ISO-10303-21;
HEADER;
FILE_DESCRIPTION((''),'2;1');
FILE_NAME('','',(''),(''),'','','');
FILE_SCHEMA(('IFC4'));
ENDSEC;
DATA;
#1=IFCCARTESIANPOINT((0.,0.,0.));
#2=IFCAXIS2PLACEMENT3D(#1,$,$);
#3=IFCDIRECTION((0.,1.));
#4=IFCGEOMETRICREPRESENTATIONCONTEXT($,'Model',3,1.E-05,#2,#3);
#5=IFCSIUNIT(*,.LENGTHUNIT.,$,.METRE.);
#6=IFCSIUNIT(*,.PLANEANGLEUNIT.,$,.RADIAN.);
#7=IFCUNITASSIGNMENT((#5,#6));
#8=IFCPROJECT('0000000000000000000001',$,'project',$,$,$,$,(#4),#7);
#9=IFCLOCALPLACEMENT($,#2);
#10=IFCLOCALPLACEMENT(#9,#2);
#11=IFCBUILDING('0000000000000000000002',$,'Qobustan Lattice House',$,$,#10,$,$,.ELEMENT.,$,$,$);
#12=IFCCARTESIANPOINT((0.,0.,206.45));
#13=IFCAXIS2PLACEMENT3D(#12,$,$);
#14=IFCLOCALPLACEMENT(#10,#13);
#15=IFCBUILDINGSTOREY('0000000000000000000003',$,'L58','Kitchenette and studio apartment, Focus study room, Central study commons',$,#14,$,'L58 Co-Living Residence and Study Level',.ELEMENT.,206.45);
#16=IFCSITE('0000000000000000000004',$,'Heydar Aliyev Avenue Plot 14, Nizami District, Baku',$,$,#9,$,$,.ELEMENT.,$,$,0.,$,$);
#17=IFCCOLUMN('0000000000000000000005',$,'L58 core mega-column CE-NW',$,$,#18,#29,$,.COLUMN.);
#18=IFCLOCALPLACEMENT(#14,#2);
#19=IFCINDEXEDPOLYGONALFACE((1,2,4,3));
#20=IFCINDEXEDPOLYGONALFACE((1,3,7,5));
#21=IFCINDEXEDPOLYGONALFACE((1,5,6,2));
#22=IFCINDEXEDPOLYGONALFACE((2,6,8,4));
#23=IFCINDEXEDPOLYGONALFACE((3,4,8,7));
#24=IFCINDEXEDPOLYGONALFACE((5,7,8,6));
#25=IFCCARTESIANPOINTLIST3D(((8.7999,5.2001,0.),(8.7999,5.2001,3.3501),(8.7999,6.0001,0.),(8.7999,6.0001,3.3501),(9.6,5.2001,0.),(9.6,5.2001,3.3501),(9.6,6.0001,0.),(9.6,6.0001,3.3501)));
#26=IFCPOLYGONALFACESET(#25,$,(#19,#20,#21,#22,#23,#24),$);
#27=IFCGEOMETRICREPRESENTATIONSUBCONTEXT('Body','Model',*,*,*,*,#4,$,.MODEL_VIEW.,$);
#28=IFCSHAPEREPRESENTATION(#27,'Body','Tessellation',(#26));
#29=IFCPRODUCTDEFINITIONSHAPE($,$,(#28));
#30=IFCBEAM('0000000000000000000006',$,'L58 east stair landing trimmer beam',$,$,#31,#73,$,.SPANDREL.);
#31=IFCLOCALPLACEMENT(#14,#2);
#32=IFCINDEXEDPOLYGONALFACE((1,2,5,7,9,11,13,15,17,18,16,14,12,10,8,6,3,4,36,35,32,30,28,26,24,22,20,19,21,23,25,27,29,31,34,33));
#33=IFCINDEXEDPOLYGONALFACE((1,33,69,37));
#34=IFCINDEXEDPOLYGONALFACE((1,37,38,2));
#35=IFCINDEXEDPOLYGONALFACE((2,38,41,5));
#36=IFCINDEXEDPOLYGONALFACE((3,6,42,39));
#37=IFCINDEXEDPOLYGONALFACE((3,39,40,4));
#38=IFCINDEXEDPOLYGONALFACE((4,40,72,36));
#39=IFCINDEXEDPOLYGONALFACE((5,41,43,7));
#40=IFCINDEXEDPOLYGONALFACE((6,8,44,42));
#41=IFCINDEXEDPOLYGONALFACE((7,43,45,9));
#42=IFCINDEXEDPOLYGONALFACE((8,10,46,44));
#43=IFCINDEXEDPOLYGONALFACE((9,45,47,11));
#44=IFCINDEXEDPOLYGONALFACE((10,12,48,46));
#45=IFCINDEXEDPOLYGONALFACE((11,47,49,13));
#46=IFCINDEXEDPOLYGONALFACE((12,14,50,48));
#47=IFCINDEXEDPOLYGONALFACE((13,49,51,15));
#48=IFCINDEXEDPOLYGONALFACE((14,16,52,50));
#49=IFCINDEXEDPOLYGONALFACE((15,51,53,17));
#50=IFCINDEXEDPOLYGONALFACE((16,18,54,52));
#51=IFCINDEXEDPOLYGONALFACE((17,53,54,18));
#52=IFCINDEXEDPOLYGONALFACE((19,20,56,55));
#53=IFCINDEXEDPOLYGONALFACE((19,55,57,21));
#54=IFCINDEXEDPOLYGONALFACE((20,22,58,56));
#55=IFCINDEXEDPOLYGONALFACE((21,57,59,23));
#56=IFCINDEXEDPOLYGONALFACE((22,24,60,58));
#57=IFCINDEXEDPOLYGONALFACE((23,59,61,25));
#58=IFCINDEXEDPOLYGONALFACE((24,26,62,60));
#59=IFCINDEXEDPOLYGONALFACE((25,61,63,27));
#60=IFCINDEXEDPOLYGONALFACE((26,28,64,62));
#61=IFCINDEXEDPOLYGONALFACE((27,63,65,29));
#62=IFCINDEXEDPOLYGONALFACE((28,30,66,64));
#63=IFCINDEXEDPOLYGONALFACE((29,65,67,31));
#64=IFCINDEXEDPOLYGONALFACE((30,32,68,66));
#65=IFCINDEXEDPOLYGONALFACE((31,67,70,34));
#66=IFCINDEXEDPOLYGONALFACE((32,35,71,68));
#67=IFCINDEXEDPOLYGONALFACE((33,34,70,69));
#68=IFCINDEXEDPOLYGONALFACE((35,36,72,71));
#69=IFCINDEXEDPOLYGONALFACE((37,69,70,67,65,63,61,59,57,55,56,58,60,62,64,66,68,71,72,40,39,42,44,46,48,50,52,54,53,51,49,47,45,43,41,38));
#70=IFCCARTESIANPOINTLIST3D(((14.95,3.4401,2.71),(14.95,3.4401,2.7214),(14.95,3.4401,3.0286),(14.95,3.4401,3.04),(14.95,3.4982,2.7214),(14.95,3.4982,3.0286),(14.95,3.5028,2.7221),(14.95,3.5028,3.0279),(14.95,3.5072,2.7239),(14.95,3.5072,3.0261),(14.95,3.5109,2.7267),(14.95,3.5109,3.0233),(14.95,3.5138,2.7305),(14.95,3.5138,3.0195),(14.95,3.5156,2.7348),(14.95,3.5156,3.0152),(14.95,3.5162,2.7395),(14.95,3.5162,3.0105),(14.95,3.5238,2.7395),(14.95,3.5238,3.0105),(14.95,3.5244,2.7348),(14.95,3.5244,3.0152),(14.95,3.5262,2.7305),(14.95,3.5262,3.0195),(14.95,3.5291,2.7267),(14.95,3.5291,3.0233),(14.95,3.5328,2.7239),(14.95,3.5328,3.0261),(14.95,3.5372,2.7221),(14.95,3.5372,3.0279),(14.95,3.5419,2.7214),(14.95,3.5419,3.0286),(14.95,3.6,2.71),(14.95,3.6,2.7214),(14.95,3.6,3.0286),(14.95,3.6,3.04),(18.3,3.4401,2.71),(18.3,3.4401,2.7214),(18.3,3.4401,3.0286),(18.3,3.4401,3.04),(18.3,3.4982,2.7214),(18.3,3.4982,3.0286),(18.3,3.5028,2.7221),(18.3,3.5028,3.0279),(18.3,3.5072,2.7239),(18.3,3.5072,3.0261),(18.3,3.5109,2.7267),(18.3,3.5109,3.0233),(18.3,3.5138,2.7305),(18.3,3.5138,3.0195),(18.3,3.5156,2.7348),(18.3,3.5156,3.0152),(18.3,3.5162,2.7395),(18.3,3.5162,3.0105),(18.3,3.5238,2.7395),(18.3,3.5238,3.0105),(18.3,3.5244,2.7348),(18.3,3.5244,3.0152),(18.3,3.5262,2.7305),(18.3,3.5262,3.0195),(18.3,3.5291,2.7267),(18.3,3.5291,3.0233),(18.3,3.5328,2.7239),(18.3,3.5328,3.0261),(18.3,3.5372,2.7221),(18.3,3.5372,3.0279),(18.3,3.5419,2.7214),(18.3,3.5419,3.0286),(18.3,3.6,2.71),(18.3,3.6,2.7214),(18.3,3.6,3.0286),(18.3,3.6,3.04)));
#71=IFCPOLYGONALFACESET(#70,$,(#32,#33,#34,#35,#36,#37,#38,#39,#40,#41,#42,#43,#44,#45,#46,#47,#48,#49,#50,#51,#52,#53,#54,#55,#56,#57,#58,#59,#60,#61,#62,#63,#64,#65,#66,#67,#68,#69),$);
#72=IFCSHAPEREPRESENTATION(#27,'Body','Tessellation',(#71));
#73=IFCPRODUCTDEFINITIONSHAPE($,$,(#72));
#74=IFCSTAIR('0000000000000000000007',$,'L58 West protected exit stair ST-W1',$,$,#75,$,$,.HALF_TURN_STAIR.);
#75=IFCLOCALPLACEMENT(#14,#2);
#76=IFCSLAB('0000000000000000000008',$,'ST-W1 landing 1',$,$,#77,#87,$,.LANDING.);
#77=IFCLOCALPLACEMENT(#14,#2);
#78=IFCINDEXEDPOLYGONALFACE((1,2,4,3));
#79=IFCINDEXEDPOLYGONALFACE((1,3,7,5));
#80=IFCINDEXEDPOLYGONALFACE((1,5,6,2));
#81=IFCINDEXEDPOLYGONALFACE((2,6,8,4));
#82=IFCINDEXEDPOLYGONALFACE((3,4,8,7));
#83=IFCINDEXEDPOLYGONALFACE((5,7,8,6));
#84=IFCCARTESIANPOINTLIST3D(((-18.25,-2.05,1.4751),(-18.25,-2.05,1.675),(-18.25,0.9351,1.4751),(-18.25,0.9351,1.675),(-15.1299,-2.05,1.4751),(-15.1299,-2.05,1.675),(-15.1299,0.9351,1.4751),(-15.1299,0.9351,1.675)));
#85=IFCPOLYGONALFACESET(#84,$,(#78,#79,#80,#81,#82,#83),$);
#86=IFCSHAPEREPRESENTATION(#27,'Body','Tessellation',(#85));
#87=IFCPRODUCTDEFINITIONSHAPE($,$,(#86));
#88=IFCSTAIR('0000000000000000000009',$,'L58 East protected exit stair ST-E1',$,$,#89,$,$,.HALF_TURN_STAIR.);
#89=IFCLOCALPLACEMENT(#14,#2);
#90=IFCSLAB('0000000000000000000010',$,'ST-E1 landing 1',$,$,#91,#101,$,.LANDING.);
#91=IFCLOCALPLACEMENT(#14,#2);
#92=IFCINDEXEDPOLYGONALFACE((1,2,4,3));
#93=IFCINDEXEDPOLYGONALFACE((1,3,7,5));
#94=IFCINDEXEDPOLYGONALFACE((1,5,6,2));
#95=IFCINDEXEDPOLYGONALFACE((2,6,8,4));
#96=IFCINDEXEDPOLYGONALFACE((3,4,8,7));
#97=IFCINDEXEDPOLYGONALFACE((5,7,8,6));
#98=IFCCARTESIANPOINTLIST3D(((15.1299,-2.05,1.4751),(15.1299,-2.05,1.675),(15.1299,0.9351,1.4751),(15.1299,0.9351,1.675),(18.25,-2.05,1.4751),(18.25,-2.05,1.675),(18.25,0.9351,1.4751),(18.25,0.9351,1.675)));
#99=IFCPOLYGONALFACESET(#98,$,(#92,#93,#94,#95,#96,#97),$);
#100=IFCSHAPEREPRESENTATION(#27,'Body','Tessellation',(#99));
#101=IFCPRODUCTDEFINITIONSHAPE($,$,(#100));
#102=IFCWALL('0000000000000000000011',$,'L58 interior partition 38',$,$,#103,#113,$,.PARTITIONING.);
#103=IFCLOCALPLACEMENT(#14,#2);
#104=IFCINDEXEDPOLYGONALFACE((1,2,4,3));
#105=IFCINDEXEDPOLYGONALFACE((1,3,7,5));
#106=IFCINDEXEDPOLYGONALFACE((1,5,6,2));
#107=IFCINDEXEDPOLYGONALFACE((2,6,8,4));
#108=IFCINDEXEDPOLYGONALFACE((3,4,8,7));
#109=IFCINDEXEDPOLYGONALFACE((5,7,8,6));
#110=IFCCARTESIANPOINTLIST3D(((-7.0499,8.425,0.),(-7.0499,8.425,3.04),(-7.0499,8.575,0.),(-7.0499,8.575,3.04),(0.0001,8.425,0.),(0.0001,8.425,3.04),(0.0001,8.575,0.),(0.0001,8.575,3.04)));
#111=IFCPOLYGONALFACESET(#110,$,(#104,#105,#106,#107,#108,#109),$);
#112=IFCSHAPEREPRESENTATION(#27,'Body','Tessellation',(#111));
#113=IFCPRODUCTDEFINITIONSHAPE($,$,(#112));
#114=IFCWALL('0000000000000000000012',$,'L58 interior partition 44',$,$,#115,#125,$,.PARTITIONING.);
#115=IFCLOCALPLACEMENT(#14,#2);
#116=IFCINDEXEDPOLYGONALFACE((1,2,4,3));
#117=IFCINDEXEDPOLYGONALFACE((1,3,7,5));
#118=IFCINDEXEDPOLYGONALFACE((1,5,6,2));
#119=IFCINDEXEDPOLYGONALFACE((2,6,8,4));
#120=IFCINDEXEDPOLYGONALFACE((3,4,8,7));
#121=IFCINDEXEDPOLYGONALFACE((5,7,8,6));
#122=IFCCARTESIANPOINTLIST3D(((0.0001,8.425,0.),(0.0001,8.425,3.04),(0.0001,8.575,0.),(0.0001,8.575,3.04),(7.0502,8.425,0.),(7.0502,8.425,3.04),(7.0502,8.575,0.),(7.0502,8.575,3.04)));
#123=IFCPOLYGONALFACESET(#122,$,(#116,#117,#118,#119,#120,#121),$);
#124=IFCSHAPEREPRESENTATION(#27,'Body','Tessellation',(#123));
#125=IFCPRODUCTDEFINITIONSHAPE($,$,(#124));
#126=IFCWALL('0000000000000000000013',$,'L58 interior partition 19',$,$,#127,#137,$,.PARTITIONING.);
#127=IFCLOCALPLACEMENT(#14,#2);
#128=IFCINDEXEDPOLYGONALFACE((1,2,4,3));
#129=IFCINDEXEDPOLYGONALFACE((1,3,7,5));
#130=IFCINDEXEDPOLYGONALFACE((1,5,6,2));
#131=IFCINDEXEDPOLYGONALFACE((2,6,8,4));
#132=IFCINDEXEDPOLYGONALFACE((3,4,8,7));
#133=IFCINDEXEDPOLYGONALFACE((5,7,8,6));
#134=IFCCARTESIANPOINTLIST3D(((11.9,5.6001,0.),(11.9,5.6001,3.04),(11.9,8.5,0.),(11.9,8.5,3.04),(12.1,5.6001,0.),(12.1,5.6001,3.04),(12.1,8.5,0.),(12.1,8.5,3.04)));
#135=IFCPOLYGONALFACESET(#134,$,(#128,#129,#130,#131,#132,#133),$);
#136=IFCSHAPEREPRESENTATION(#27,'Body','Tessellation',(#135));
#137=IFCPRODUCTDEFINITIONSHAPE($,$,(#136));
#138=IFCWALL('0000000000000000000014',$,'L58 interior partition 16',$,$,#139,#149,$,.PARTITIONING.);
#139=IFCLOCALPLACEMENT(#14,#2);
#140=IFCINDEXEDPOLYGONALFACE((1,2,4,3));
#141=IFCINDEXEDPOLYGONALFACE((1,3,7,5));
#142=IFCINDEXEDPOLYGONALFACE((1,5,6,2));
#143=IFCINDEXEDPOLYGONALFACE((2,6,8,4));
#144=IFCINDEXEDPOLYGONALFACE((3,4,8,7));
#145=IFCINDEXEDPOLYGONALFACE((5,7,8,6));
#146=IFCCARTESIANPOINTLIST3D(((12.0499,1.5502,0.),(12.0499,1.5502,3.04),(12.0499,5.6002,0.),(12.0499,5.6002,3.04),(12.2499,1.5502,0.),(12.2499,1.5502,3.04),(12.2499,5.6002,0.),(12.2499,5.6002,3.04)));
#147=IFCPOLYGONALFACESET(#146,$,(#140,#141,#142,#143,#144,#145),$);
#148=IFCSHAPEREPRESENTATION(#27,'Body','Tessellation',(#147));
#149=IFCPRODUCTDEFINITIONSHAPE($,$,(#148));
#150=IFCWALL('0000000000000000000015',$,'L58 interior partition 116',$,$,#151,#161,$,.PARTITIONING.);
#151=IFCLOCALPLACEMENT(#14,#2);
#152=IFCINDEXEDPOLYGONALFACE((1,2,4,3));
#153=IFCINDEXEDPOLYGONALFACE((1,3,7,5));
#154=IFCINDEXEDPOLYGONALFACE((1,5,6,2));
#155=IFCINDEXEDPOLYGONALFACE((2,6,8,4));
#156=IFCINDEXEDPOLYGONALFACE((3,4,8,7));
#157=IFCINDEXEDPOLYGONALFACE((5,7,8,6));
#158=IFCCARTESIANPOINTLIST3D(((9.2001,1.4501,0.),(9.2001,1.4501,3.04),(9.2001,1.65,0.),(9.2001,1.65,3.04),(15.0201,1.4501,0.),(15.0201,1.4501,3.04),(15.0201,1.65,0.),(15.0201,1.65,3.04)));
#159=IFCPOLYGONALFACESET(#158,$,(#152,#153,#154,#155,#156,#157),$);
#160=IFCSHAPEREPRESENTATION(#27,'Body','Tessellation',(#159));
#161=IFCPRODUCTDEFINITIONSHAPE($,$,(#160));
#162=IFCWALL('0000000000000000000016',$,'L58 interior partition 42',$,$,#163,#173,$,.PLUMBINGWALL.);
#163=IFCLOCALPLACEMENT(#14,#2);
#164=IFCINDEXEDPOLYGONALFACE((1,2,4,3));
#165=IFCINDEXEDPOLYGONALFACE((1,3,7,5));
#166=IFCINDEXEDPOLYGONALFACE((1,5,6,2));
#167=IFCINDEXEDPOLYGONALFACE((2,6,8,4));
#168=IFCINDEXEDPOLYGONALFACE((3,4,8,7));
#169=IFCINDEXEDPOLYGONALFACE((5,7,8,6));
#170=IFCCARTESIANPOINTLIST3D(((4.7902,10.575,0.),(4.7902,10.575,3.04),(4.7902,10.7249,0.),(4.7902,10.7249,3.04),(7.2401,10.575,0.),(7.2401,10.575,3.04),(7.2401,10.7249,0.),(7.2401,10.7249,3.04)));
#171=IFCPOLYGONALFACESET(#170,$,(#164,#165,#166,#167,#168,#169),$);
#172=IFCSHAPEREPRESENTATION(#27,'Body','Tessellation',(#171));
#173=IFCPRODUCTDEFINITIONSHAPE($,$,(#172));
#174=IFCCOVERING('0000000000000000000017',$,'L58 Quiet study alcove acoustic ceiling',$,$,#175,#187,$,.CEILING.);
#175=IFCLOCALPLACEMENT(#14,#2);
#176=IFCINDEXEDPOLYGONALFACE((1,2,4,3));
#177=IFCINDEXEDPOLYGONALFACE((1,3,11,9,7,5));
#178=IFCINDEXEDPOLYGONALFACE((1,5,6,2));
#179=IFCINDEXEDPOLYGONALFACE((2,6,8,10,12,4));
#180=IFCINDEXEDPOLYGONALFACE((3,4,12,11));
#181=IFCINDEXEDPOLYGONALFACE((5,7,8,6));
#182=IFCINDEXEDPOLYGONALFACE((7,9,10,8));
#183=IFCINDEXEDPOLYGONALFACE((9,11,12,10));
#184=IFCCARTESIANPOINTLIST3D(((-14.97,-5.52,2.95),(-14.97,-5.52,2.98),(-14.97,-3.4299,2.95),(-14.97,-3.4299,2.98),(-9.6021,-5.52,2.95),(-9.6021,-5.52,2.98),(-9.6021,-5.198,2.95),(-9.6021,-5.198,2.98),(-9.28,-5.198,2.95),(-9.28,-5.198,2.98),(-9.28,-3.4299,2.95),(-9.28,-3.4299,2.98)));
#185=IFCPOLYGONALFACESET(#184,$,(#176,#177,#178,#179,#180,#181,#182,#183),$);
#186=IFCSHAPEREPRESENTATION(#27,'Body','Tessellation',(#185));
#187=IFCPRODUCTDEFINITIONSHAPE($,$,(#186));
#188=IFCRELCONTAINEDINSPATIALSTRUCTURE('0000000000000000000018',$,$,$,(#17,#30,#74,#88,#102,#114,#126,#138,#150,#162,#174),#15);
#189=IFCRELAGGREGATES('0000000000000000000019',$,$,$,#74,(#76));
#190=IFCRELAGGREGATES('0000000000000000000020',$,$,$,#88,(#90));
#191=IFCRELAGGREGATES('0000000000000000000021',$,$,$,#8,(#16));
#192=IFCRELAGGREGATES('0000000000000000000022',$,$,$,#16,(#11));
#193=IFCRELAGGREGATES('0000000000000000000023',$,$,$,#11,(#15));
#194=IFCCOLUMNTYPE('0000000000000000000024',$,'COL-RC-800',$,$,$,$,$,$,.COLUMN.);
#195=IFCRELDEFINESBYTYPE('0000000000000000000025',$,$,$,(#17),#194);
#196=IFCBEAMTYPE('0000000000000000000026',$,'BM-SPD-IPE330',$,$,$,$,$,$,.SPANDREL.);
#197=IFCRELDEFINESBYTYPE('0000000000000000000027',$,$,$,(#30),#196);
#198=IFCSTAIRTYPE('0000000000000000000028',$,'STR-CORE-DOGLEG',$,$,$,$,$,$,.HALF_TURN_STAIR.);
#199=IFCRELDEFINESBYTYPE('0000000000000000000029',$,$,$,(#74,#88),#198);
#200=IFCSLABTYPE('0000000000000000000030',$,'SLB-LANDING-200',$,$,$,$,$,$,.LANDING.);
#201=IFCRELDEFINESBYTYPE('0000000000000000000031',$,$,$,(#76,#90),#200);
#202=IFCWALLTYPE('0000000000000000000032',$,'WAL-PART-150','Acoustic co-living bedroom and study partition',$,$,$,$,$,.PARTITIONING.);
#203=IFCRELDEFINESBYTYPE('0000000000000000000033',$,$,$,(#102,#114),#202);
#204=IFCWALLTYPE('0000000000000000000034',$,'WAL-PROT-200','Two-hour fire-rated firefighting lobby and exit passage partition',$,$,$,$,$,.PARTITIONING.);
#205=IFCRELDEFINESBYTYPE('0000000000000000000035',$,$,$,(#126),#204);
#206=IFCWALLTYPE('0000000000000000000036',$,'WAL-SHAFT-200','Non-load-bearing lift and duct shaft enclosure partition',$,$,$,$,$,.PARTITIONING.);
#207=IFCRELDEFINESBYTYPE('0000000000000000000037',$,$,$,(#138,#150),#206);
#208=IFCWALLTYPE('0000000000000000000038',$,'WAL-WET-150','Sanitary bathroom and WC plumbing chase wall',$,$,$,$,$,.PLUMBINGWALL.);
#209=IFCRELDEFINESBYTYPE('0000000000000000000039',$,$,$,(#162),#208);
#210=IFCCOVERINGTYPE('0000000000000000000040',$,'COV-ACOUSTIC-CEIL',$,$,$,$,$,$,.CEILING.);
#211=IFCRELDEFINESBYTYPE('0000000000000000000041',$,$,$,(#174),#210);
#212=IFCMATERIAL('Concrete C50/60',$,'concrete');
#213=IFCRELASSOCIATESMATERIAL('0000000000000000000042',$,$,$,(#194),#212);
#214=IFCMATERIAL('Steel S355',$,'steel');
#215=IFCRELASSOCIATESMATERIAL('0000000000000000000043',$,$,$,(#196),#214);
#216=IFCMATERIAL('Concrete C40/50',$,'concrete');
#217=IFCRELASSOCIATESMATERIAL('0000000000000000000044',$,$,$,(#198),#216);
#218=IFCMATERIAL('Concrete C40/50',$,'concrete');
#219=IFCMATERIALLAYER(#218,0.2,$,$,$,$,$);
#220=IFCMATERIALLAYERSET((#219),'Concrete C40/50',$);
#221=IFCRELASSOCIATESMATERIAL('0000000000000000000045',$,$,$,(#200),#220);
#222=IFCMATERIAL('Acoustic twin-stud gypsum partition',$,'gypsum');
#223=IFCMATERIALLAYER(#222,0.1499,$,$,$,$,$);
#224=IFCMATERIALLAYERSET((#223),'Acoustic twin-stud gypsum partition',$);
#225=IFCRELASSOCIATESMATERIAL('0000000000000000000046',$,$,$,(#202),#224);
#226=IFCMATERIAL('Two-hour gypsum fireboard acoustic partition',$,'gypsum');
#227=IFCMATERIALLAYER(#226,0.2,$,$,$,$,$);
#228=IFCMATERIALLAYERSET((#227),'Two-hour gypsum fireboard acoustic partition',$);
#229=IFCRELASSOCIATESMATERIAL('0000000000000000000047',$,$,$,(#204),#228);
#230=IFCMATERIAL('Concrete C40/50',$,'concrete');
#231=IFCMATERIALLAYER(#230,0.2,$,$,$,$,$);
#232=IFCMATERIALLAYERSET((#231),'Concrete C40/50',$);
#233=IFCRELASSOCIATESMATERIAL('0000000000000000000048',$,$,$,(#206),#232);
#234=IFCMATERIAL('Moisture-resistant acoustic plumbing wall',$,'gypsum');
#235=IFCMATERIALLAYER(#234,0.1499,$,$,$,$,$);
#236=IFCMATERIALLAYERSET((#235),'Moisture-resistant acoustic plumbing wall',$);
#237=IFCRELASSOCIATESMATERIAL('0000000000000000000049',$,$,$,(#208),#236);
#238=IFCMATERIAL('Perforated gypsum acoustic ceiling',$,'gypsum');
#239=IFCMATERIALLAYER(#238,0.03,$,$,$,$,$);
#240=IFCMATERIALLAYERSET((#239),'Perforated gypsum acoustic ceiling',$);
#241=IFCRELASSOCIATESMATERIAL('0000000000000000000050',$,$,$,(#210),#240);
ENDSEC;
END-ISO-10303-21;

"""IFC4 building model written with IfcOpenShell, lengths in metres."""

from ifc_helpers import new_model, si_unit, direction, frame, frame_2d, origin, origin_2d, place, context, subcontext, project, spatial, polyline, rectangle, i_section, outline, extrude, material, layer, layer_set, material_profile, profile_set, type_object, element, aggregate, save


model = new_model("IFC4")

# Units and contexts
model_context = context("Model", 3, precision=1e-05, world=origin(), true_north=direction((0.0, 1.0)))
body_context = subcontext(model_context, "Body", "Model", "MODEL_VIEW")
ifc_project = project(units=[si_unit("LENGTHUNIT", "METRE"), si_unit("PLANEANGLEUNIT", "RADIAN")], contexts=[model_context])

# Site, building, storey
site_placement = place(None, origin())
site = spatial("IfcSite", under=ifc_project, at=site_placement, Name="Heydar Aliyev Avenue Plot 14, Nizami District, Baku", CompositionType="ELEMENT", RefElevation=0.0)
building_placement = place(site_placement, origin())
building = spatial("IfcBuilding", under=site, at=building_placement, Name="Qobustan Lattice House", CompositionType="ELEMENT")
storey_placement = place(building_placement, frame((0.0, 0.0, 206.45)))
storey = spatial("IfcBuildingStorey", under=building, at=storey_placement, Name="L58", Description="Kitchenette and studio apartment, Focus study room, Central study commons", LongName="L58 Co-Living Residence and Study Level", CompositionType="ELEMENT", Elevation=206.45)

# Column
ifc_material_1 = material(Name="Concrete C50/60", Category="concrete")
ifc_material_profile_1 = material_profile(ifc_material_1, rectangle(XDim=0.8, YDim=0.8, at=origin_2d()), Name="RC800x800")
ifc_profile_set_1 = profile_set([ifc_material_profile_1], Name="Concrete C50/60")
column_type = type_object("IfcColumnType", Name="COL-RC-800", PredefinedType="COLUMN", material=ifc_profile_set_1)
column_placement = place(storey_placement, frame((9.2, 5.6001, 0.0), z_axis=(0.0, 0.0, 1.0), x_axis=(1.0, 0.0, 0.0)))
element("IfcColumn", 1, at=column_placement, inside=storey, type_object=column_type, Name="L58 core mega-column CE-NW", PredefinedType="COLUMN", context=body_context, shape_type="SweptSolid", body=[
    extrude(rectangle(XDim=0.8, YDim=0.8, at=origin_2d()), origin(), (0.0, 0.0, 1.0), 3.3501),
])

# Beam
ifc_material_2 = material(Name="Steel S355", Category="steel")
ifc_material_profile_2 = material_profile(ifc_material_2, i_section(OverallWidth=0.1599, OverallDepth=0.3301, WebThickness=0.0076, FlangeThickness=0.0115, FilletRadius=0.0181, at=origin_2d()), Name="IPE330")
ifc_profile_set_2 = profile_set([ifc_material_profile_2], Name="Steel S355")
beam_type = type_object("IfcBeamType", Name="BM-SPD-IPE330", PredefinedType="SPANDREL", material=ifc_profile_set_2)
beam_placement = place(storey_placement, frame((14.95, 3.52, 2.875), z_axis=(1.0, 0.0, 0.0), x_axis=(0.0, 1.0, 0.0)))
element("IfcBeam", 2, at=beam_placement, inside=storey, type_object=beam_type, Name="L58 east stair landing trimmer beam", PredefinedType="SPANDREL", context=body_context, shape_type="SweptSolid", body=[
    extrude(i_section(OverallWidth=0.1599, OverallDepth=0.3301, WebThickness=0.0076, FlangeThickness=0.0115, FilletRadius=0.0181, at=origin_2d()), origin(), (0.0, 0.0, 1.0), 3.3501),
])

# Stairs, slabs
ifc_material_3 = material(Name="Concrete C40/50", Category="concrete")
stair_type = type_object("IfcStairType", Name="STR-CORE-DOGLEG", PredefinedType="HALF_TURN_STAIR", material=ifc_material_3)
stair_1_placement = place(storey_placement, origin())
stair_1 = element("IfcStair", 3, at=stair_1_placement, inside=storey, type_object=stair_type, Name="L58 West protected exit stair ST-W1", PredefinedType="HALF_TURN_STAIR")
ifc_material_4 = material(Name="Concrete C40/50", Category="concrete")
ifc_layer_1 = layer(ifc_material_4, 0.2)
ifc_layer_set_1 = layer_set([ifc_layer_1], Name="Concrete C40/50")
slab_type = type_object("IfcSlabType", Name="SLB-LANDING-200", PredefinedType="LANDING", material=ifc_layer_set_1)
slab_1_placement = place(storey_placement, frame((0.0, 0.0, 1.4751)))
slab_1 = element("IfcSlab", 4, at=slab_1_placement, type_object=slab_type, Name="ST-W1 landing 1", PredefinedType="LANDING", context=body_context, shape_type="SweptSolid", body=[
    extrude(outline(polyline([(-18.25, 0.9351), (-18.25, -2.05), (-15.1299, -2.05), (-15.1299, 0.9351), (-18.25, 0.9351)])), origin(), (0.0, 0.0, 1.0), 0.2),
])
aggregate(stair_1, [slab_1])
stair_2_placement = place(storey_placement, origin())
stair_2 = element("IfcStair", 5, at=stair_2_placement, inside=storey, type_object=stair_type, Name="L58 East protected exit stair ST-E1", PredefinedType="HALF_TURN_STAIR")
slab_2_placement = place(storey_placement, frame((0.0, 0.0, 1.4751)))
slab_2 = element("IfcSlab", 6, at=slab_2_placement, type_object=slab_type, Name="ST-E1 landing 1", PredefinedType="LANDING", context=body_context, shape_type="SweptSolid", body=[
    extrude(outline(polyline([(15.1299, 0.9351), (15.1299, -2.05), (18.25, -2.05), (18.25, 0.9351), (15.1299, 0.9351)])), origin(), (0.0, 0.0, 1.0), 0.2),
])
aggregate(stair_2, [slab_2])

# Walls
ifc_material_5 = material(Name="Acoustic twin-stud gypsum partition", Category="gypsum")
ifc_layer_2 = layer(ifc_material_5, 0.1499)
ifc_layer_set_2 = layer_set([ifc_layer_2], Name="Acoustic twin-stud gypsum partition")
wall_type_1 = type_object("IfcWallType", Name="WAL-PART-150", Description="Acoustic co-living bedroom and study partition", PredefinedType="PARTITIONING", material=ifc_layer_set_2)
for number, where, z_axis, x_axis, name in (
    (7, (0.0, 8.5, 0.0), (0.0, 0.0, 1.0), (-1.0, 0.0, 0.0), "L58 interior partition 38"),
    (8, (7.05, 8.5, 0.0), (0.0, 0.0, 1.0), (-1.0, 0.0, 0.0), "L58 interior partition 44"),
):
    element("IfcWall", number, at=place(storey_placement, frame(where, z_axis=z_axis, x_axis=x_axis)), inside=storey, type_object=wall_type_1, Name=name, PredefinedType="PARTITIONING", context=body_context, shape_type="SweptSolid", body=[
        extrude(rectangle(XDim=7.05, YDim=0.1499, at=frame_2d((3.5249, 0.0))), origin(), (0.0, 0.0, 1.0), 3.04),
    ])
ifc_material_6 = material(Name="Two-hour gypsum fireboard acoustic partition", Category="gypsum")
ifc_layer_3 = layer(ifc_material_6, 0.2)
ifc_layer_set_3 = layer_set([ifc_layer_3], Name="Two-hour gypsum fireboard acoustic partition")
wall_type_2 = type_object("IfcWallType", Name="WAL-PROT-200", Description="Two-hour fire-rated firefighting lobby and exit passage partition", PredefinedType="PARTITIONING", material=ifc_layer_set_3)
wall_1_placement = place(storey_placement, frame((12.0, 8.5, 0.0), z_axis=(0.0, 0.0, 1.0), x_axis=(0.0, -1.0, 0.0)))
element("IfcWall", 9, at=wall_1_placement, inside=storey, type_object=wall_type_2, Name="L58 interior partition 19", PredefinedType="PARTITIONING", context=body_context, shape_type="SweptSolid", body=[
    extrude(rectangle(XDim=2.8999, YDim=0.2, at=frame_2d((1.45, 0.0))), origin(), (0.0, 0.0, 1.0), 3.04),
])
ifc_material_7 = material(Name="Concrete C40/50", Category="concrete")
ifc_layer_4 = layer(ifc_material_7, 0.2)
ifc_layer_set_4 = layer_set([ifc_layer_4], Name="Concrete C40/50")
wall_type_3 = type_object("IfcWallType", Name="WAL-SHAFT-200", Description="Non-load-bearing lift and duct shaft enclosure partition", PredefinedType="PARTITIONING", material=ifc_layer_set_4)
wall_2_placement = place(storey_placement, frame((12.1499, 5.6001, 0.0), z_axis=(0.0, 0.0, 1.0), x_axis=(0.0, -1.0, 0.0)))
element("IfcWall", 10, at=wall_2_placement, inside=storey, type_object=wall_type_3, Name="L58 interior partition 16", PredefinedType="PARTITIONING", context=body_context, shape_type="SweptSolid", body=[
    extrude(rectangle(XDim=4.05, YDim=0.2, at=frame_2d((2.0249, 0.0))), origin(), (0.0, 0.0, 1.0), 3.04),
])
wall_3_placement = place(storey_placement, frame((9.2, 1.55, 0.0), z_axis=(0.0, 0.0, 1.0), x_axis=(1.0, 0.0, 0.0)))
element("IfcWall", 11, at=wall_3_placement, inside=storey, type_object=wall_type_3, Name="L58 interior partition 116", PredefinedType="PARTITIONING", context=body_context, shape_type="SweptSolid", body=[
    extrude(rectangle(XDim=5.8201, YDim=0.2, at=frame_2d((2.9102, 0.0))), origin(), (0.0, 0.0, 1.0), 3.04),
])
ifc_material_8 = material(Name="Moisture-resistant acoustic plumbing wall", Category="gypsum")
ifc_layer_5 = layer(ifc_material_8, 0.1499)
ifc_layer_set_5 = layer_set([ifc_layer_5], Name="Moisture-resistant acoustic plumbing wall")
wall_type_4 = type_object("IfcWallType", Name="WAL-WET-150", Description="Sanitary bathroom and WC plumbing chase wall", PredefinedType="PLUMBINGWALL", material=ifc_layer_set_5)
wall_4_placement = place(storey_placement, frame((4.79, 10.6499, 0.0), z_axis=(0.0, 0.0, 1.0), x_axis=(1.0, 0.0, 0.0)))
element("IfcWall", 12, at=wall_4_placement, inside=storey, type_object=wall_type_4, Name="L58 interior partition 42", PredefinedType="PLUMBINGWALL", context=body_context, shape_type="SweptSolid", body=[
    extrude(rectangle(XDim=2.45, YDim=0.1499, at=frame_2d((1.2251, 0.0))), origin(), (0.0, 0.0, 1.0), 3.04),
])

# Covering
ifc_material_9 = material(Name="Perforated gypsum acoustic ceiling", Category="gypsum")
ifc_layer_6 = layer(ifc_material_9, 0.03)
ifc_layer_set_6 = layer_set([ifc_layer_6], Name="Perforated gypsum acoustic ceiling")
covering_type_1 = type_object("IfcCoveringType", Name="COV-ACOUSTIC-CEIL", PredefinedType="CEILING", material=ifc_layer_set_6)
covering_1_placement = place(storey_placement, frame((0.0, 0.0, 2.95)))
element("IfcCovering", 13, at=covering_1_placement, inside=storey, type_object=covering_type_1, Name="L58 Quiet study alcove acoustic ceiling", PredefinedType="CEILING", context=body_context, shape_type="SweptSolid", body=[
    extrude(outline(polyline([(-9.28, -3.4299), (-14.97, -3.4299), (-14.97, -5.52), (-9.6021, -5.52), (-9.6021, -5.198), (-9.28, -5.198), (-9.28, -3.4299)])), origin(), (0.0, 0.0, 1.0), 0.03),
])

save(model, "model.ifc")
